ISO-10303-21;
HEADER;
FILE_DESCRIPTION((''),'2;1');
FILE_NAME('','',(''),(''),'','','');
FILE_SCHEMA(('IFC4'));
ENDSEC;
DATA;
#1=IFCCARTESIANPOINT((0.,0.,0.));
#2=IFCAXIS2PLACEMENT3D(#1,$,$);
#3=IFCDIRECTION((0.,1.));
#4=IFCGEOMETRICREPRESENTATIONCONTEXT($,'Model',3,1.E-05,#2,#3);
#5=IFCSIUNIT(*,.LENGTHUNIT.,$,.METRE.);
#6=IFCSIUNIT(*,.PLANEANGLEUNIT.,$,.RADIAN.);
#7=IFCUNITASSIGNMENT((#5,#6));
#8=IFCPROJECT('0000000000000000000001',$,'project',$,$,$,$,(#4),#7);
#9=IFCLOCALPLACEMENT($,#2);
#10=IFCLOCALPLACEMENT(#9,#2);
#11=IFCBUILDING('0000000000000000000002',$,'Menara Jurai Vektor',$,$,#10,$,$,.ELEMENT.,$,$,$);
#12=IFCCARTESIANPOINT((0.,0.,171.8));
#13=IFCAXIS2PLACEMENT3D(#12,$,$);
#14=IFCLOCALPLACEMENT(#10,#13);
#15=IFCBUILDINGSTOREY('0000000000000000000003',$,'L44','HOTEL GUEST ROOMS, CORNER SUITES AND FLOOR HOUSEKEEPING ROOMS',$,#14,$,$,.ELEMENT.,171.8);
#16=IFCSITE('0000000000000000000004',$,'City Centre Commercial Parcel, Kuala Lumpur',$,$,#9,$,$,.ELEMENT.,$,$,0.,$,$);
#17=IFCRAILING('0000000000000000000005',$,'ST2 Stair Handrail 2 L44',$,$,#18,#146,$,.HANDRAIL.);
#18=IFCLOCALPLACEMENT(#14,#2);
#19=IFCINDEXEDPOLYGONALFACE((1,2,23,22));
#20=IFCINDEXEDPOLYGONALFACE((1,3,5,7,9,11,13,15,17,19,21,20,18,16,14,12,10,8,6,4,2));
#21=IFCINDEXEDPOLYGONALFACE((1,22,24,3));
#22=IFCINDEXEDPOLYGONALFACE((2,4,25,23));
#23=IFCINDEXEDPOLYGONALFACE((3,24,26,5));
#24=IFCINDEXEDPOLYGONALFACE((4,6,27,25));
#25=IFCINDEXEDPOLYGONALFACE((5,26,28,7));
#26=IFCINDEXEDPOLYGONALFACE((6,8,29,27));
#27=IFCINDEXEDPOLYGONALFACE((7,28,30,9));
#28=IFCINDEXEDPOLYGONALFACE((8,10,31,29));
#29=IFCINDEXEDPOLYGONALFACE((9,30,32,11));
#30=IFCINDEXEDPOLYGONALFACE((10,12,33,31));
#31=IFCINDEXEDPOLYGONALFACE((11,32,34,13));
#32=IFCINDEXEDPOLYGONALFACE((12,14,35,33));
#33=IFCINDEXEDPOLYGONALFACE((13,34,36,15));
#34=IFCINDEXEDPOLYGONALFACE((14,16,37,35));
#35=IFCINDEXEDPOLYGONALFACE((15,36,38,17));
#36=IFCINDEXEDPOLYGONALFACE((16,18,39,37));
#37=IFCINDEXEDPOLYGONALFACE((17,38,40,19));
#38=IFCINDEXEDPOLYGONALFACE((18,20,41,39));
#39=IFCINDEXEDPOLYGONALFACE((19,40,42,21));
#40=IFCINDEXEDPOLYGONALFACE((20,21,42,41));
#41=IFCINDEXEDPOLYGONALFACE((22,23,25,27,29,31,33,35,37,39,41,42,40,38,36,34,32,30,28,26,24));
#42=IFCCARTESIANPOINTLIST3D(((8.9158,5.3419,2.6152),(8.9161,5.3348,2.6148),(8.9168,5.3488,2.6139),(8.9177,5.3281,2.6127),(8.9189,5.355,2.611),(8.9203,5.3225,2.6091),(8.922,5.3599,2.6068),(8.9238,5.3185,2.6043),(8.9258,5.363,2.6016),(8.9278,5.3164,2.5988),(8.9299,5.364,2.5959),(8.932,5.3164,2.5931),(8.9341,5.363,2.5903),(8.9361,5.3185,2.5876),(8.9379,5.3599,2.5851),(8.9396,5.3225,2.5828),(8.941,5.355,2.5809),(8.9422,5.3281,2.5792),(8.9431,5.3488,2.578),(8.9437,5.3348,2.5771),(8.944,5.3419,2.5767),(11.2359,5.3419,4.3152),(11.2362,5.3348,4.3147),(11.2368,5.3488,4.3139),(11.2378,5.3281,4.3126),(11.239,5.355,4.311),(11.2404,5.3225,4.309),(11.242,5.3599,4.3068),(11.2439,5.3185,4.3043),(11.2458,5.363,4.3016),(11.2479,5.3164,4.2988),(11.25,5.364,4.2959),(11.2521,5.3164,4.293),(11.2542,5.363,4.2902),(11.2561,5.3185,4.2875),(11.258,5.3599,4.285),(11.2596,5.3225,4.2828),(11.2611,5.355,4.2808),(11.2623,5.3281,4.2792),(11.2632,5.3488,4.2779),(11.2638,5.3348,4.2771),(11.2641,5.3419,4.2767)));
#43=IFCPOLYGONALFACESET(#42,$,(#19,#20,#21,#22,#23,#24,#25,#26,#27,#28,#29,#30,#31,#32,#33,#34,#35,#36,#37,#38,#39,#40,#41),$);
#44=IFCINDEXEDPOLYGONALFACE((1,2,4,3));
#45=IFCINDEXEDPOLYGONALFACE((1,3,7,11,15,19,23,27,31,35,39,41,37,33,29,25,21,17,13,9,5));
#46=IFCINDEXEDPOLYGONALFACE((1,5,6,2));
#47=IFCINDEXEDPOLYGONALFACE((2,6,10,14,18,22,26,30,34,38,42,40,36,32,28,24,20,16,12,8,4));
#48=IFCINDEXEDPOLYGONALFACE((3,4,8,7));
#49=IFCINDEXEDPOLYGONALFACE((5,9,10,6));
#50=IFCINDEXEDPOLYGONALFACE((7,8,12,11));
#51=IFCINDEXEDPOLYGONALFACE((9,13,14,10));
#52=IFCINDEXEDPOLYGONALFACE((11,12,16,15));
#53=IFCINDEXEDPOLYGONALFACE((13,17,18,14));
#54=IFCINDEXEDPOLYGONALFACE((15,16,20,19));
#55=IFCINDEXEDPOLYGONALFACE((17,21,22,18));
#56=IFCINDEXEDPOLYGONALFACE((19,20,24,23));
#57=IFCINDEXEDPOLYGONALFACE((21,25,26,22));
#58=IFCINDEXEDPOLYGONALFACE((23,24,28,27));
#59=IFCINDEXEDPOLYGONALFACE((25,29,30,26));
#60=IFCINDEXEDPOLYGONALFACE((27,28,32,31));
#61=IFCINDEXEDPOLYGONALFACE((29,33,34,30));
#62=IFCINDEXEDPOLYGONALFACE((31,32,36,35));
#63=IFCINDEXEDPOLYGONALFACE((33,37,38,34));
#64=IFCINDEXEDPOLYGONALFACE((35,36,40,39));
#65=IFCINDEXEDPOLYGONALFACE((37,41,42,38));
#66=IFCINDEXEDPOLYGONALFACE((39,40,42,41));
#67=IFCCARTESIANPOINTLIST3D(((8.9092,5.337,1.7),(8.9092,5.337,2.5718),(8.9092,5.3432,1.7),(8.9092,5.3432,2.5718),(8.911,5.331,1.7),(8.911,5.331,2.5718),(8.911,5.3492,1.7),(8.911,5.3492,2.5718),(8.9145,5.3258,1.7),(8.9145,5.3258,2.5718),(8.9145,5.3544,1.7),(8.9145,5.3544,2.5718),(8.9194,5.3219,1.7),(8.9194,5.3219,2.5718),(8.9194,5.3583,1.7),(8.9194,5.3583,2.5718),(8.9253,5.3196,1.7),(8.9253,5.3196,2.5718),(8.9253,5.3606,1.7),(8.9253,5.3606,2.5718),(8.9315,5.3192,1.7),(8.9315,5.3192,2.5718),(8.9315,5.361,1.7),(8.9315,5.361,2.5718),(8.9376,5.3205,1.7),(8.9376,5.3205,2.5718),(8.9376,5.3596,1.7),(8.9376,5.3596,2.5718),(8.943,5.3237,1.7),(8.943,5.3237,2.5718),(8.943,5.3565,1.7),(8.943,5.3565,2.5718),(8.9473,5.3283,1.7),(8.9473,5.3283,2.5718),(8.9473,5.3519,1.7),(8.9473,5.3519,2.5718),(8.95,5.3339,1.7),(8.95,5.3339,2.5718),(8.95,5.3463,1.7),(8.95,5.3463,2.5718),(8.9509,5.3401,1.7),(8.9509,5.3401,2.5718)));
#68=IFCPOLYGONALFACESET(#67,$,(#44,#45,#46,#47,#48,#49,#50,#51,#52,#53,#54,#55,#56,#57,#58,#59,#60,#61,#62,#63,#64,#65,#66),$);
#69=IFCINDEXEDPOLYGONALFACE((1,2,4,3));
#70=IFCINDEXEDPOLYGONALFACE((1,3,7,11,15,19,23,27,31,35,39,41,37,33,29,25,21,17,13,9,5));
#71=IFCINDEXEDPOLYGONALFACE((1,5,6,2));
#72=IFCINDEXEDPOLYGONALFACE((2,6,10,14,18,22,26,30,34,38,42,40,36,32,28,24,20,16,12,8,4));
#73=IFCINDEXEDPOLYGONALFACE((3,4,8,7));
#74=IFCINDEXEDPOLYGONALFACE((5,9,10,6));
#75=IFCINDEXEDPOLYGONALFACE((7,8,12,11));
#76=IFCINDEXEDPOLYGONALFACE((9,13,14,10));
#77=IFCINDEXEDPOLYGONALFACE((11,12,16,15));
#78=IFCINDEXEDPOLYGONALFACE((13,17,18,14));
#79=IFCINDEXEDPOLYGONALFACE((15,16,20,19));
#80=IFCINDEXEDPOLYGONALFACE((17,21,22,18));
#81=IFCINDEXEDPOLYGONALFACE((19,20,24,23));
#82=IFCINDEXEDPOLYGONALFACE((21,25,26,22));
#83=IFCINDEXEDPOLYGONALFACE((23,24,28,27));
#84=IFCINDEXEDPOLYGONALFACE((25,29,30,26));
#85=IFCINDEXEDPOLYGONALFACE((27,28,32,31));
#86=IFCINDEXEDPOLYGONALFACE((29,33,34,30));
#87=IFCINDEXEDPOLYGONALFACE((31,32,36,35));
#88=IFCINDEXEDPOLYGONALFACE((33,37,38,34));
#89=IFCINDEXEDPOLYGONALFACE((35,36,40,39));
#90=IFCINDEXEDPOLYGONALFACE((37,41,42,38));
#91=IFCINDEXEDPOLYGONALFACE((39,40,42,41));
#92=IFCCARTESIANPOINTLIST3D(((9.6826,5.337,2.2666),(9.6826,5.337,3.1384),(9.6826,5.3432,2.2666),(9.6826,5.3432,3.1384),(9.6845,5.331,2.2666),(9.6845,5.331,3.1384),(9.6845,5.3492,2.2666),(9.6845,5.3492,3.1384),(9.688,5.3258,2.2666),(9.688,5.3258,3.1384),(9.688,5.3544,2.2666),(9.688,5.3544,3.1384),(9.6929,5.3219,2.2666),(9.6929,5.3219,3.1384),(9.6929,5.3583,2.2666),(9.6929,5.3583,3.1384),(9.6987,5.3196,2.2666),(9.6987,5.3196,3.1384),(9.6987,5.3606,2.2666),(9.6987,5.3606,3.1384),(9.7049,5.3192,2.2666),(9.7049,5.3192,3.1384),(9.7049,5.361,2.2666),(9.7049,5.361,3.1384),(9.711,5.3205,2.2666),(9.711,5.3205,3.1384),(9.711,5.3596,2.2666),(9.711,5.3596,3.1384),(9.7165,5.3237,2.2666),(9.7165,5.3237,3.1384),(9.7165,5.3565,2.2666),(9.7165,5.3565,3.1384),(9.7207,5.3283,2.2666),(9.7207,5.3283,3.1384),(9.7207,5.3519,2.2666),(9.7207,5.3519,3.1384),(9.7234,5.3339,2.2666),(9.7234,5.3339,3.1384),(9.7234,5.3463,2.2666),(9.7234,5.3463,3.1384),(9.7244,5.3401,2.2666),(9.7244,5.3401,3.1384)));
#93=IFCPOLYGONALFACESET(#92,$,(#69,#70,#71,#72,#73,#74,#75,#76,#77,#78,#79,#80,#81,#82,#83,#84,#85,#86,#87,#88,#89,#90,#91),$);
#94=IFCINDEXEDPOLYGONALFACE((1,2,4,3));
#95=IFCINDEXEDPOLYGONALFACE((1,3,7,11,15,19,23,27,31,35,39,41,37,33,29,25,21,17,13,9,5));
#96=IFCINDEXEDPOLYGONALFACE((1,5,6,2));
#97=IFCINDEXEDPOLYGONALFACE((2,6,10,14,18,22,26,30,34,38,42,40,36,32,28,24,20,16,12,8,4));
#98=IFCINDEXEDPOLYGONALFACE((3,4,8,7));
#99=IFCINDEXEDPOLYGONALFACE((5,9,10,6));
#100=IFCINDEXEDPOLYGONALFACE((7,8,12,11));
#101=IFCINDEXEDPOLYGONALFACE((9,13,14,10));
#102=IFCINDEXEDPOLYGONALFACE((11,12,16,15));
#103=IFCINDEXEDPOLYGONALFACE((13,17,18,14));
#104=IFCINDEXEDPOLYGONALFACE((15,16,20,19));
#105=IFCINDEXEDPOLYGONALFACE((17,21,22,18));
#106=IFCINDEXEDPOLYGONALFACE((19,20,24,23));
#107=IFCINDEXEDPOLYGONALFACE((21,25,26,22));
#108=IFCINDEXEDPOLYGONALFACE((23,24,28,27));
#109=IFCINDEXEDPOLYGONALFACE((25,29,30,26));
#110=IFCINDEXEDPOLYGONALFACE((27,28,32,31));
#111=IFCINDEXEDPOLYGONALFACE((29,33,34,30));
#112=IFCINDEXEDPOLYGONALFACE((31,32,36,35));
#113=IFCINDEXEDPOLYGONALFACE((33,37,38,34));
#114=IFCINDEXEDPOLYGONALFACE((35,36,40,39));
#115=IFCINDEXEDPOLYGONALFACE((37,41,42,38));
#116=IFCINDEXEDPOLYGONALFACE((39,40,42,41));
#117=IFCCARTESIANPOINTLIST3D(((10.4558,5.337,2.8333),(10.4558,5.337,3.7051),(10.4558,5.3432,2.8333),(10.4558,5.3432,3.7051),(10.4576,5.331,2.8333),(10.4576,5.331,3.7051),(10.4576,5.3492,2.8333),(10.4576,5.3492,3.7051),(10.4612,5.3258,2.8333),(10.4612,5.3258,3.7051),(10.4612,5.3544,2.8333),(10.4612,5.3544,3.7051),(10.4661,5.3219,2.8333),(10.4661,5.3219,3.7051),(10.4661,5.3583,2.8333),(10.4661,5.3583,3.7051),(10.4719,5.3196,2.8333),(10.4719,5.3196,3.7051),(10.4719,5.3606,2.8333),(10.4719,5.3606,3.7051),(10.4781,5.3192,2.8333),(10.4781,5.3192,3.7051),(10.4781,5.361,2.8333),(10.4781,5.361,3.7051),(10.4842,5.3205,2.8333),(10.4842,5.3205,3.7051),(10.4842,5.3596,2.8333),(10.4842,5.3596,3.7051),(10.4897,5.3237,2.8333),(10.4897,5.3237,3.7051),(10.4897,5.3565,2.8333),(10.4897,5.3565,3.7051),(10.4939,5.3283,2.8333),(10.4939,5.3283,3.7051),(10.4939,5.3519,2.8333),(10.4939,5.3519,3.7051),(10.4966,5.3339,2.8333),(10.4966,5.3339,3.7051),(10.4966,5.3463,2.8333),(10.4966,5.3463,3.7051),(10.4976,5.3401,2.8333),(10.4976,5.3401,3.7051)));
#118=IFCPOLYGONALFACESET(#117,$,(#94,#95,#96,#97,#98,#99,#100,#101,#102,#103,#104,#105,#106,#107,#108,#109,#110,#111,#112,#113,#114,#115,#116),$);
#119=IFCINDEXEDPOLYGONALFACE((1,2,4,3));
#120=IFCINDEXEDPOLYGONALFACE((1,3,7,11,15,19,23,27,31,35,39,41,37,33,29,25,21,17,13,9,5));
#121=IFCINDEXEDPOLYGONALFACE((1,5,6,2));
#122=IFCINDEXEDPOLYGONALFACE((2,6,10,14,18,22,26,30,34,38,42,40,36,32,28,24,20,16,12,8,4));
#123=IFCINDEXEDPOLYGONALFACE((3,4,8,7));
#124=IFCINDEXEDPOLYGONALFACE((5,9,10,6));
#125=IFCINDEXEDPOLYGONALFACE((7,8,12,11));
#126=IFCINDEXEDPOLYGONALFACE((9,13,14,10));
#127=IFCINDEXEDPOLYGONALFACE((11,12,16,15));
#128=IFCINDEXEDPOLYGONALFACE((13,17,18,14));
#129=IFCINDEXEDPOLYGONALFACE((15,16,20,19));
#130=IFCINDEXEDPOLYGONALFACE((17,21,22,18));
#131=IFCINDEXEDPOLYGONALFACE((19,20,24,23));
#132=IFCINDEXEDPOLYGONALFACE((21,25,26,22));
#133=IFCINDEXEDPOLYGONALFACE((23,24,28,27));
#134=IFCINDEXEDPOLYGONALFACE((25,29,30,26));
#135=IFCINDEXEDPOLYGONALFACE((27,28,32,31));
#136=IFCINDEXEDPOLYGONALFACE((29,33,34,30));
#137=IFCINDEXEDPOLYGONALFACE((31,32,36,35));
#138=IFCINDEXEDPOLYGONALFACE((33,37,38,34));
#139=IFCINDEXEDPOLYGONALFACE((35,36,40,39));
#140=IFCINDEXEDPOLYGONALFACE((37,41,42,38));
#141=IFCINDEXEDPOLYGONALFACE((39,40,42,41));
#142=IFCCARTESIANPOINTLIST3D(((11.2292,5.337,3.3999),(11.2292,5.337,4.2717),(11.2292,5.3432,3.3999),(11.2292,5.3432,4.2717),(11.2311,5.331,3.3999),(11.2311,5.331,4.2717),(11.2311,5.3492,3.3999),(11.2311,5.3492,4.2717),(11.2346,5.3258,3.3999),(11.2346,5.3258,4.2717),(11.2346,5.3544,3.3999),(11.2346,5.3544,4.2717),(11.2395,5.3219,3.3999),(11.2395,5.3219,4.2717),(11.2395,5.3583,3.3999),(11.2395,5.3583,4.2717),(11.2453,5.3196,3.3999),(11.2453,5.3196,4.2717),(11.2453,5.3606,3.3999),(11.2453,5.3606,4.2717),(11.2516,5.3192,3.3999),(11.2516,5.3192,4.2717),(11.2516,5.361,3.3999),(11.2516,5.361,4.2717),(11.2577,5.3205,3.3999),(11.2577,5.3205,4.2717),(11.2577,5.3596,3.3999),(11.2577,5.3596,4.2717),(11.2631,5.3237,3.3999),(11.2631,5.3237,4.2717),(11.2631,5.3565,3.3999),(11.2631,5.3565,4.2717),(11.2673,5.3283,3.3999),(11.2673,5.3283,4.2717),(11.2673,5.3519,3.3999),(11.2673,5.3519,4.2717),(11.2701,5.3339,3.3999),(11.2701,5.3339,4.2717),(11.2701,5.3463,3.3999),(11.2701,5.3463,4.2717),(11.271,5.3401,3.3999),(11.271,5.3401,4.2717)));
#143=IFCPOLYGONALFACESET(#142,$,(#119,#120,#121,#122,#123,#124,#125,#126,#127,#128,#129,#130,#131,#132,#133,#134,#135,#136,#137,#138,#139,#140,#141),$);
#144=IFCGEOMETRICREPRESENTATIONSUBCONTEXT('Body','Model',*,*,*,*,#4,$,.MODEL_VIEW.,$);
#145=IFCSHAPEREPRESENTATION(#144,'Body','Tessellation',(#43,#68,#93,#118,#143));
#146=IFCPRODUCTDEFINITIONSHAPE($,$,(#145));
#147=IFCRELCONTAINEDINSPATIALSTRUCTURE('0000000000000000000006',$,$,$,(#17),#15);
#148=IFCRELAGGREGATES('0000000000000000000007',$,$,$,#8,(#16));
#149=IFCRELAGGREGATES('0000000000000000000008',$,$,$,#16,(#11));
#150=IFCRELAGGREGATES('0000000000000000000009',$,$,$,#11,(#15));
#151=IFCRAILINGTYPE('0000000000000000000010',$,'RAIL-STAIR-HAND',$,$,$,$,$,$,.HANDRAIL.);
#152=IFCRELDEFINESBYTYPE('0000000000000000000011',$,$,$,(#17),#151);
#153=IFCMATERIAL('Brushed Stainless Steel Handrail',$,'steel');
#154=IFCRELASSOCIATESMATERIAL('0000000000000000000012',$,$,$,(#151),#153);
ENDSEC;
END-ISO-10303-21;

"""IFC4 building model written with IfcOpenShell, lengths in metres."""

from ifc_helpers import new_model, si_unit, direction, frame, origin, origin_2d, place, context, subcontext, project, spatial, circle, extrude, material, type_object, element, save


model = new_model("IFC4")

# Units and contexts
model_context = context("Model", 3, precision=1e-05, world=origin(), true_north=direction((0.0, 1.0)))
body_context = subcontext(model_context, "Body", "Model", "MODEL_VIEW")
ifc_project = project(units=[si_unit("LENGTHUNIT", "METRE"), si_unit("PLANEANGLEUNIT", "RADIAN")], contexts=[model_context])

# Site, building, storey
site_placement = place(None, origin())
site = spatial("IfcSite", under=ifc_project, at=site_placement, Name="City Centre Commercial Parcel, Kuala Lumpur", CompositionType="ELEMENT", RefElevation=0.0)
building_placement = place(site_placement, origin())
building = spatial("IfcBuilding", under=site, at=building_placement, Name="Menara Jurai Vektor", CompositionType="ELEMENT")
storey_placement = place(building_placement, frame((0.0, 0.0, 171.8)))
storey = spatial("IfcBuildingStorey", under=building, at=storey_placement, Name="L44", Description="HOTEL GUEST ROOMS, CORNER SUITES AND FLOOR HOUSEKEEPING ROOMS", CompositionType="ELEMENT", Elevation=171.8)

# Railing
ifc_material_1 = material(Name="Brushed Stainless Steel Handrail", Category="steel")
railing_type_1 = type_object("IfcRailingType", Name="RAIL-STAIR-HAND", PredefinedType="HANDRAIL", material=ifc_material_1)
railing_1_placement = place(storey_placement, frame((8.9299, 5.3401, 1.7)))
element("IfcRailing", 1, at=railing_1_placement, inside=storey, type_object=railing_type_1, Name="ST2 Stair Handrail 2 L44", PredefinedType="HANDRAIL", context=body_context, shape_type="SweptSolid", body=[
    extrude(circle(Radius=0.0239, at=origin_2d()), frame((0.0, 0.0, 0.896), z_axis=(0.806642, 0.0, 0.59104), x_axis=(0.0, 1.0, 0.0)), (0.0, 0.0, 1.0), 2.8762),
    extrude(circle(Radius=0.021, at=origin_2d()), origin(), (0.0, 0.0, 1.0), 0.8718),
    extrude(circle(Radius=0.021, at=origin_2d()), frame((0.7734, 0.0, 0.5667)), (0.0, 0.0, 1.0), 0.8718),
    extrude(circle(Radius=0.021, at=origin_2d()), frame((1.5466, 0.0, 1.1333)), (0.0, 0.0, 1.0), 0.8718),
    extrude(circle(Radius=0.021, at=origin_2d()), frame((2.3201, 0.0, 1.7)), (0.0, 0.0, 1.0), 0.8718),
])

save(model, "model.ifc")
